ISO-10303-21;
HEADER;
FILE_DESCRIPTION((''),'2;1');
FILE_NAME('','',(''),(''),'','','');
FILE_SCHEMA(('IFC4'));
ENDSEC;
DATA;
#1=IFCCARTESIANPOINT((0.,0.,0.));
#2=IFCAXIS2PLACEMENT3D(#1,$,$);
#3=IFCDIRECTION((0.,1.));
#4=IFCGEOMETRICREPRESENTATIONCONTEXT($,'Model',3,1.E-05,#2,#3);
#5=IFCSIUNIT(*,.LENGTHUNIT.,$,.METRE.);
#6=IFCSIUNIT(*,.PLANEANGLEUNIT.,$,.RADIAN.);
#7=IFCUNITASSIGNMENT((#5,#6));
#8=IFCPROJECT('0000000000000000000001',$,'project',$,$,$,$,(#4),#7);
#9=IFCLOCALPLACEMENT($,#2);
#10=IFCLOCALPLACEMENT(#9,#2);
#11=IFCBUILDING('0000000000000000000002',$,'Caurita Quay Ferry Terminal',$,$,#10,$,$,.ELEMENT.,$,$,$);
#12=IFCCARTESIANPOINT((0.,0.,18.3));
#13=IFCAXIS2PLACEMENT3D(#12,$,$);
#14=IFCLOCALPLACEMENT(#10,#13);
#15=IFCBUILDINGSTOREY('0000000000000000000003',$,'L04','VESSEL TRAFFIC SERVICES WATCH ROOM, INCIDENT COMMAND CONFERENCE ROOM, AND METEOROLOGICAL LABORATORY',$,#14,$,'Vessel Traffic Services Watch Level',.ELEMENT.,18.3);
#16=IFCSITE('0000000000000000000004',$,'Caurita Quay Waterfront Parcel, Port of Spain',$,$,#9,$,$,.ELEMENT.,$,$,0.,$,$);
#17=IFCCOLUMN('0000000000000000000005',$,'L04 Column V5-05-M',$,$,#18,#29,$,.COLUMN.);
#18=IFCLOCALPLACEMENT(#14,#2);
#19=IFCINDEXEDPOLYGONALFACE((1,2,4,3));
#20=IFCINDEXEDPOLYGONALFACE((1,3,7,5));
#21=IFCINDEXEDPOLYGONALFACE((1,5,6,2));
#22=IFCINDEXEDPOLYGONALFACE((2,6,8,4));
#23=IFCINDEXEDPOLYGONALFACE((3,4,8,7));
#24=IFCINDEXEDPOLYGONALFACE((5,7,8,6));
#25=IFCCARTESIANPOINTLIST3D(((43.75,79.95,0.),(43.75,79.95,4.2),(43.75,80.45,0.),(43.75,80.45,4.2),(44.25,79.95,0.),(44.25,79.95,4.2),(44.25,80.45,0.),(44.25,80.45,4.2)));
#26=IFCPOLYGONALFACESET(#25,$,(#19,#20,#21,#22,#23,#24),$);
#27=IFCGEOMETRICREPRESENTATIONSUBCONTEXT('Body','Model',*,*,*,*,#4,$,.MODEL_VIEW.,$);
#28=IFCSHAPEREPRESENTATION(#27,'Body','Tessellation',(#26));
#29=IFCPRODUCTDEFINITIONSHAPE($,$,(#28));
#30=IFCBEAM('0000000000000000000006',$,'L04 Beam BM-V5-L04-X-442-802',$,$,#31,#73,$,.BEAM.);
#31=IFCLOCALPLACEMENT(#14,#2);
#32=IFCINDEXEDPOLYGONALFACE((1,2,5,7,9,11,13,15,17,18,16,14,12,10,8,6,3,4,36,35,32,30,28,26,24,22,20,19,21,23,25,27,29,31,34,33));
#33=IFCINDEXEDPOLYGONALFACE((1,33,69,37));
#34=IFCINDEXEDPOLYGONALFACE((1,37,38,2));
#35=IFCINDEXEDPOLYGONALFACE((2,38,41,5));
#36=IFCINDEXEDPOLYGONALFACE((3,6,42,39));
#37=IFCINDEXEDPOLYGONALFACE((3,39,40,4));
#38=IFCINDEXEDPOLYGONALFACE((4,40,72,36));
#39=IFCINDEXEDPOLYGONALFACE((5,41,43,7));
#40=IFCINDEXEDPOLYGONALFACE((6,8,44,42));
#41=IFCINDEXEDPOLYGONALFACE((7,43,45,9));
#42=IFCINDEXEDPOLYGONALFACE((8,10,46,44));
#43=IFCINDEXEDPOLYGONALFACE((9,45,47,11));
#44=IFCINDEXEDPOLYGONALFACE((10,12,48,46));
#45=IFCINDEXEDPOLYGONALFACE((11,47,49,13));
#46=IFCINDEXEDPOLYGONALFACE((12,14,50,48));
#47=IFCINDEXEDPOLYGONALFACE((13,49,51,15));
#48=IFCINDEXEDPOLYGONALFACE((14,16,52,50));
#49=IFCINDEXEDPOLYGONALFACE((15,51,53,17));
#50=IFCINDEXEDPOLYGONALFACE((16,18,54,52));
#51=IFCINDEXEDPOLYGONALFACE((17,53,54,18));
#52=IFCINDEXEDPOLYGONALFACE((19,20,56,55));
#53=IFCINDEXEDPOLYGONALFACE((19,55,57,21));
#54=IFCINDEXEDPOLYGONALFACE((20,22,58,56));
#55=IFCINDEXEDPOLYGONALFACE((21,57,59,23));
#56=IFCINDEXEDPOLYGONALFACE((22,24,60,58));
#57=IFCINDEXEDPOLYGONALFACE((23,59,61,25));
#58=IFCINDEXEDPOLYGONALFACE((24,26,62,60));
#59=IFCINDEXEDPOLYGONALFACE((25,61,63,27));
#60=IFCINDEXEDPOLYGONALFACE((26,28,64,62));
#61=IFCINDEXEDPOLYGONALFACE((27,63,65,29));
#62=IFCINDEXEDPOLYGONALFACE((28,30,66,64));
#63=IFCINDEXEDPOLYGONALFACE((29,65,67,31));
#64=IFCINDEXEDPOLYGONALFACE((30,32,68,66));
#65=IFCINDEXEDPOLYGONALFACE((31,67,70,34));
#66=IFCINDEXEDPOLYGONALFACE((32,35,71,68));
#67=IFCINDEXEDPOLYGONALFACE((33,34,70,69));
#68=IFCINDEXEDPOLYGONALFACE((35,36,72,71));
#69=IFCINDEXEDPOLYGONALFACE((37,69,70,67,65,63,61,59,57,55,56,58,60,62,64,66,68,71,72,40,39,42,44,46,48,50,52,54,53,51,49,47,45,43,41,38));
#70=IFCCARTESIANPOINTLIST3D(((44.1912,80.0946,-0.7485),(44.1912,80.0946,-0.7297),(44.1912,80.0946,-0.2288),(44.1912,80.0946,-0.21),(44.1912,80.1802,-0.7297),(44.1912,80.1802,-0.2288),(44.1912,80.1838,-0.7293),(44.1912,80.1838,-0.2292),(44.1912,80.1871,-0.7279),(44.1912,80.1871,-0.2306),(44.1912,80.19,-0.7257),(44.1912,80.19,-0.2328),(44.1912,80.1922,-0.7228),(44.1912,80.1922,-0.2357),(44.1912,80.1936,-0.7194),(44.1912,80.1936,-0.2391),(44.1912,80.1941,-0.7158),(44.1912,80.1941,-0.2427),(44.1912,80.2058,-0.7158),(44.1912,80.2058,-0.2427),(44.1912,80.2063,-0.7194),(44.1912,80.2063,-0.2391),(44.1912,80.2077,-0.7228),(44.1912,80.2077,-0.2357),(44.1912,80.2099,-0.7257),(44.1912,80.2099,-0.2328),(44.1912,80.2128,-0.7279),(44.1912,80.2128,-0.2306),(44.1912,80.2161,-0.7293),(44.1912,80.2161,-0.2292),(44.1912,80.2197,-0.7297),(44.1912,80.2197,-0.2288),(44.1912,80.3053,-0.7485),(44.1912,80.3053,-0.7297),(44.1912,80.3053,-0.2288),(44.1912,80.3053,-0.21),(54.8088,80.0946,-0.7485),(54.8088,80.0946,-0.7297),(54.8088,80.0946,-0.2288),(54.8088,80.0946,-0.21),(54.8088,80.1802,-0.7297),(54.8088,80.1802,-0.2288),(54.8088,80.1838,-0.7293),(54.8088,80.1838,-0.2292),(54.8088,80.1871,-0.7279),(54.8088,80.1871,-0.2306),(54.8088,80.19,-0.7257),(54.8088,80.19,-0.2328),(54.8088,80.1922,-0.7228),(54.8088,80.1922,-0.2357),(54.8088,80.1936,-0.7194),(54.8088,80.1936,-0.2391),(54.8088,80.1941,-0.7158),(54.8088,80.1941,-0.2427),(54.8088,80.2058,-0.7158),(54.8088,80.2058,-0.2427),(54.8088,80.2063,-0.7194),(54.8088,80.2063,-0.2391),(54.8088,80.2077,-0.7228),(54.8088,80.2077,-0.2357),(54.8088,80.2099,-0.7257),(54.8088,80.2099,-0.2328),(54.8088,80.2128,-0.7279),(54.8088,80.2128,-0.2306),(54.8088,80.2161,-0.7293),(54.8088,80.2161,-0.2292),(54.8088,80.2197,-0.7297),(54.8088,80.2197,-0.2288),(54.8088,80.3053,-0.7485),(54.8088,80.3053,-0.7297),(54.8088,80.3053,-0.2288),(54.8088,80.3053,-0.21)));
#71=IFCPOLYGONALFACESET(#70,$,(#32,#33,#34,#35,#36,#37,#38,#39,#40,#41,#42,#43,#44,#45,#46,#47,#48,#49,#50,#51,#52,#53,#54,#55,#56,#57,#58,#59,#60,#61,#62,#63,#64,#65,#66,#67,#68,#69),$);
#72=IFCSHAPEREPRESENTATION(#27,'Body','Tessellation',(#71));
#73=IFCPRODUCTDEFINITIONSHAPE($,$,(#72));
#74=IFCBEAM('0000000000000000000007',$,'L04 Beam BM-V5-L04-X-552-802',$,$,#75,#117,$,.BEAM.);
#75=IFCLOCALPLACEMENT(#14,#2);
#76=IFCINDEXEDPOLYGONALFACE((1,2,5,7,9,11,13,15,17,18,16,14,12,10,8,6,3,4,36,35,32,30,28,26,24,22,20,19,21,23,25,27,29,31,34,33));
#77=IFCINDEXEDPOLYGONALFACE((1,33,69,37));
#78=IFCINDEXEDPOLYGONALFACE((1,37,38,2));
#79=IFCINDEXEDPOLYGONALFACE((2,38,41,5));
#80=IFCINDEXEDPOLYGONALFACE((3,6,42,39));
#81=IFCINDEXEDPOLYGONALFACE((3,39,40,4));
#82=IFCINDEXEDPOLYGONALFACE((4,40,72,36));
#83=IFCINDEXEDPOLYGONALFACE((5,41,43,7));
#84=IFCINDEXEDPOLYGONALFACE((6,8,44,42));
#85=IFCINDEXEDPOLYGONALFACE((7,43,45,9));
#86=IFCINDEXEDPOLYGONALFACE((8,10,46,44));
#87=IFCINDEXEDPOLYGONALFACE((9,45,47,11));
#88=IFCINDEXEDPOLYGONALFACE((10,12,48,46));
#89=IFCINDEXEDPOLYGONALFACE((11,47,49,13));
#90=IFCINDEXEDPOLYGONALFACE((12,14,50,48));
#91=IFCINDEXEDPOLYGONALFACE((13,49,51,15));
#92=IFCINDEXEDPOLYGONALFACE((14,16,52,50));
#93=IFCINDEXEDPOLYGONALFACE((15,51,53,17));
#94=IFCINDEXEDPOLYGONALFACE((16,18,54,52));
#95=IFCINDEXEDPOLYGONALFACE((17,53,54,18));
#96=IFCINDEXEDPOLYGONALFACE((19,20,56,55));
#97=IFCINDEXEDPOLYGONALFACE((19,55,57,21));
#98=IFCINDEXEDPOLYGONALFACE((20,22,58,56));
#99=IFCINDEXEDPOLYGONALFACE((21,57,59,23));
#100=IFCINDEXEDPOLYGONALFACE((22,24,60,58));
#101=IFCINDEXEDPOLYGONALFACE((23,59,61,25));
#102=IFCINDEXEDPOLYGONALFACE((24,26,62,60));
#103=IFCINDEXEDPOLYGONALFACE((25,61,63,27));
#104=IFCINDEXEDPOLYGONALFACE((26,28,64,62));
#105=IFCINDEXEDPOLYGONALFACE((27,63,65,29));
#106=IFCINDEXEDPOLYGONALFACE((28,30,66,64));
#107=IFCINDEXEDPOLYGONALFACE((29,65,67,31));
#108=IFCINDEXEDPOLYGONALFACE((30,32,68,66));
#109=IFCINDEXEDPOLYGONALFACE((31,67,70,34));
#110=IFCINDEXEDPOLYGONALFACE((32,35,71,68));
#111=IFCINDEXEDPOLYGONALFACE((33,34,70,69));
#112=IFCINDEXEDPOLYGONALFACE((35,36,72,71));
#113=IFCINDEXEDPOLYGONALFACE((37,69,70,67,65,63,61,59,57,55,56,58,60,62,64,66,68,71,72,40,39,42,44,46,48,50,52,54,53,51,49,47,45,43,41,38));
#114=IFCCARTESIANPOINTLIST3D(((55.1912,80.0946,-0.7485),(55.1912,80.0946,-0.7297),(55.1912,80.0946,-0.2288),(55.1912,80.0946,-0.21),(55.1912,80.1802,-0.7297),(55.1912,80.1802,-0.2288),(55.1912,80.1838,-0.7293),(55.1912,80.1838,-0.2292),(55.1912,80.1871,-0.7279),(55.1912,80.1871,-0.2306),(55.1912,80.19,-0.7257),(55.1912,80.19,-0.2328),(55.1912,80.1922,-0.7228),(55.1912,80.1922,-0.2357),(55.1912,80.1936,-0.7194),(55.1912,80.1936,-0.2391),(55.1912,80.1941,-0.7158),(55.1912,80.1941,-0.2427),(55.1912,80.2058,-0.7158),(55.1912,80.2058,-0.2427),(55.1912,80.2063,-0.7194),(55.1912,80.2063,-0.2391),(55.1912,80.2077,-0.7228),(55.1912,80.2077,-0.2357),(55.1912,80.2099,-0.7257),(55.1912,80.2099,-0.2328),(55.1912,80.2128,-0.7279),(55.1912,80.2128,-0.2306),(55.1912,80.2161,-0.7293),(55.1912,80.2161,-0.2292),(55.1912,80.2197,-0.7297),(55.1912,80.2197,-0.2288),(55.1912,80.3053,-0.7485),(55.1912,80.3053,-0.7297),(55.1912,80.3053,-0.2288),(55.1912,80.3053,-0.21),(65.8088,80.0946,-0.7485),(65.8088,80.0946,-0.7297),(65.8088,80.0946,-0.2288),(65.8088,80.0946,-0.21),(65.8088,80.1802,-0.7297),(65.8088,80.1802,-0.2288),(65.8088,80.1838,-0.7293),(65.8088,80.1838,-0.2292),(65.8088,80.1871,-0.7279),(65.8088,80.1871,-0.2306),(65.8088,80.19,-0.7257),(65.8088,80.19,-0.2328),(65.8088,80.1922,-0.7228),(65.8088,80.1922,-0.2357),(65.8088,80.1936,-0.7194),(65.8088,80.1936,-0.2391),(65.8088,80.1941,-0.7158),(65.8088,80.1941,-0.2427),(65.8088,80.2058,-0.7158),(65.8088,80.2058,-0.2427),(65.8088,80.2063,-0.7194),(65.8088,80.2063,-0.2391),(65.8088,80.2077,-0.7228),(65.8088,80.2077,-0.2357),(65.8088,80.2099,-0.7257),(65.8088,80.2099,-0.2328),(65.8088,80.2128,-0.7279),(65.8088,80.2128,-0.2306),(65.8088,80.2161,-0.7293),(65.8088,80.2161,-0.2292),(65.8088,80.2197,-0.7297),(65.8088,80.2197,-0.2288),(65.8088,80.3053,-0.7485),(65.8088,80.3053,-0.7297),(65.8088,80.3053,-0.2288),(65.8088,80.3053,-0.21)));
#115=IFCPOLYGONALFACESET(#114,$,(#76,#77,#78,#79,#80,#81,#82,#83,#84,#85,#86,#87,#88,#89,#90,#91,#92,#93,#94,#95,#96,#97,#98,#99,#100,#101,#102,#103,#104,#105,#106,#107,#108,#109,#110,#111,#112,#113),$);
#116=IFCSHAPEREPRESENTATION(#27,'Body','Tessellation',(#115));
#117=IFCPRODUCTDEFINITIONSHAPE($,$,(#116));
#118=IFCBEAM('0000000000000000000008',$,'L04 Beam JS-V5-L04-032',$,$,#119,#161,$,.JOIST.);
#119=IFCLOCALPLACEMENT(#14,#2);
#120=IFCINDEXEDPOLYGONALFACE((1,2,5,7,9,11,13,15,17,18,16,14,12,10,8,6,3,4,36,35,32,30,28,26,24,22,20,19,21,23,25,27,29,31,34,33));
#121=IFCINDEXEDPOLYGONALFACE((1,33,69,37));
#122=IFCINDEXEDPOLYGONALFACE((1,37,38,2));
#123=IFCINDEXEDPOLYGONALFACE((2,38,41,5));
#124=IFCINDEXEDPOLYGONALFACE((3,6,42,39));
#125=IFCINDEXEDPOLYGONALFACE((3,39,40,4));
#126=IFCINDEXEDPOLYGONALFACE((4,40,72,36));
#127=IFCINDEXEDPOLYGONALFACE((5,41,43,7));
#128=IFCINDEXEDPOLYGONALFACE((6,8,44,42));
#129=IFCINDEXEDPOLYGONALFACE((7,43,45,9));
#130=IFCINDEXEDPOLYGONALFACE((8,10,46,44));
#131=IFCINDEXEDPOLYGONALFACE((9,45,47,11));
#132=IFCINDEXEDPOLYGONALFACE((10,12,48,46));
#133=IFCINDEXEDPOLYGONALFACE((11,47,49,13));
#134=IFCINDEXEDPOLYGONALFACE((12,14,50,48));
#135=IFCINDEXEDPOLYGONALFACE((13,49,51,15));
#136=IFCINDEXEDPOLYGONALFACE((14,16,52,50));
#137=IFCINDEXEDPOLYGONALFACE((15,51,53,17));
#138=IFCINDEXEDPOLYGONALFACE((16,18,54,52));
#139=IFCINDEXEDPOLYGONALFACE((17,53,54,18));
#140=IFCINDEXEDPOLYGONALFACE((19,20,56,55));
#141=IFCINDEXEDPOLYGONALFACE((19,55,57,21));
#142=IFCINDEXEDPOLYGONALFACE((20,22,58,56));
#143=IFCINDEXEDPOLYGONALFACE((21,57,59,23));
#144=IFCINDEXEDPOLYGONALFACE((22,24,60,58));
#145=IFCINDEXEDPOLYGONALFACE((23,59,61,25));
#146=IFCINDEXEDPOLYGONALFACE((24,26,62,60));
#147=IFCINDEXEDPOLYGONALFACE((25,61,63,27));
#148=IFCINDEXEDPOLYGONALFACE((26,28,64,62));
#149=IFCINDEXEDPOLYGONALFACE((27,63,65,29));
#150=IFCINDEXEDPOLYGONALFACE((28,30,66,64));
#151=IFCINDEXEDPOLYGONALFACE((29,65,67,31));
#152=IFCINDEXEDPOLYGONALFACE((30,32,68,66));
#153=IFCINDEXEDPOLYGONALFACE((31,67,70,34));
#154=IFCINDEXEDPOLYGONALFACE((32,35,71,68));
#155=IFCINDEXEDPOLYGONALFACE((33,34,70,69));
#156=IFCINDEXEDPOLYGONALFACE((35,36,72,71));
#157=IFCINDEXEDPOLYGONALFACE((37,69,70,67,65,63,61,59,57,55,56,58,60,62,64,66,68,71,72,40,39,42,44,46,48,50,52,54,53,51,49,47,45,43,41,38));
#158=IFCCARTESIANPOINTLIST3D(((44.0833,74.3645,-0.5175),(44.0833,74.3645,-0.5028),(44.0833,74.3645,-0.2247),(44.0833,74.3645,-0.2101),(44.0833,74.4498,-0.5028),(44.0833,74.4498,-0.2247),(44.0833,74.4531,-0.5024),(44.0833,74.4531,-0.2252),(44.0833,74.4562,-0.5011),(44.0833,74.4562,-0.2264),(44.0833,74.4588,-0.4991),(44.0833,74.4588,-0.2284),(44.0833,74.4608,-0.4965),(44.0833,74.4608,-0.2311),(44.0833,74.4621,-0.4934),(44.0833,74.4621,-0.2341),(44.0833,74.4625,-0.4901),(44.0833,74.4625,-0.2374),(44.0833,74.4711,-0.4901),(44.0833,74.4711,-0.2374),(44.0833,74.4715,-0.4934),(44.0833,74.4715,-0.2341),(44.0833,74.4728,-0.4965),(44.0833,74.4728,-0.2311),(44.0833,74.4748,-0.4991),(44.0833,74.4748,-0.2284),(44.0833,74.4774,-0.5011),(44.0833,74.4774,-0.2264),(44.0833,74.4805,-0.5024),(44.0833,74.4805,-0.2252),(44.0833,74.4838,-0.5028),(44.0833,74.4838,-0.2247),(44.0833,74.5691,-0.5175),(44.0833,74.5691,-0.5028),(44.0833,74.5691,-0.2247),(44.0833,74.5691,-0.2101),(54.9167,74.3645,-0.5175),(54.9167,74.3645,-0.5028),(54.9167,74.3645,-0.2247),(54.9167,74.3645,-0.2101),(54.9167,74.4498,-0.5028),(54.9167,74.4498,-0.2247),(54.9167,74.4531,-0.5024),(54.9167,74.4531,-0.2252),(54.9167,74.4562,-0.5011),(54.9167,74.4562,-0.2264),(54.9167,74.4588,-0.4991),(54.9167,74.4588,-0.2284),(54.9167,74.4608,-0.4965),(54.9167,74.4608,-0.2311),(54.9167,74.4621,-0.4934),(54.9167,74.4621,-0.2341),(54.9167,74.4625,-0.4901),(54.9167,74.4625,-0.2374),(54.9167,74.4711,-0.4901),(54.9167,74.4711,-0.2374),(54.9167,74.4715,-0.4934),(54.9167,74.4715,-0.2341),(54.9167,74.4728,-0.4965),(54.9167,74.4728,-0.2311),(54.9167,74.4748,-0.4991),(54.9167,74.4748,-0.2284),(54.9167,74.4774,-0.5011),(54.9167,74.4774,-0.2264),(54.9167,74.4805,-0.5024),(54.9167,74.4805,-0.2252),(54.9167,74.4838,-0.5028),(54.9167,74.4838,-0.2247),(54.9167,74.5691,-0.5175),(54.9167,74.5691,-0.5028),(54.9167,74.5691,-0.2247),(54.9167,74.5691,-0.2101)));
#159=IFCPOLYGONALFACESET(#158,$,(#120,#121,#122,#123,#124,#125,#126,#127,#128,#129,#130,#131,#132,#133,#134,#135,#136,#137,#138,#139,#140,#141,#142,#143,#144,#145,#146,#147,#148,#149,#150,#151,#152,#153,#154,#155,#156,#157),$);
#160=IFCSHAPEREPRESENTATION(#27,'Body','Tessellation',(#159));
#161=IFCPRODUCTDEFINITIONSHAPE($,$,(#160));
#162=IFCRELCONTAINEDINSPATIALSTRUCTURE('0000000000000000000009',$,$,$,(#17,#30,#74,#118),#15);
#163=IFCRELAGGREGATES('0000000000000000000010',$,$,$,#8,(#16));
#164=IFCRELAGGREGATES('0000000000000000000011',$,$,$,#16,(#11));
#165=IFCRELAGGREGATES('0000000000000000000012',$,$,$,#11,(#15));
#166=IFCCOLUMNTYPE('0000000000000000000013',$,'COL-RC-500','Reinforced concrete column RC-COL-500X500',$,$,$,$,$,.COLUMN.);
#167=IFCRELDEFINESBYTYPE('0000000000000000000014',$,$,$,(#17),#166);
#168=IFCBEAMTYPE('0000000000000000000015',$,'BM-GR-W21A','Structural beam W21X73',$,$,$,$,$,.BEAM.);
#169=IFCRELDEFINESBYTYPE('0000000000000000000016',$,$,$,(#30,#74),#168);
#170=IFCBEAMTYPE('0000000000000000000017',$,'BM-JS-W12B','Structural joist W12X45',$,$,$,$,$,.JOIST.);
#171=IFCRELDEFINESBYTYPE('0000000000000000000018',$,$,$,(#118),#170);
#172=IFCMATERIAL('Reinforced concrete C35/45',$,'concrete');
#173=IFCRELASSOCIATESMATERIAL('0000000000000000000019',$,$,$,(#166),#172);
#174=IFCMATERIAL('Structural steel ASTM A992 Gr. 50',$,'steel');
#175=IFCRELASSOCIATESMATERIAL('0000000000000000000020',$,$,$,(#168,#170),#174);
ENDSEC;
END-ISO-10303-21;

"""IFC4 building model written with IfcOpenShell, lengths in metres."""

from ifc_helpers import new_model, si_unit, direction, frame, origin, origin_2d, place, context, subcontext, project, spatial, rectangle, i_section, extrude, material, material_profile, profile_set, type_object, element, save


model = new_model("IFC4")

# Units and contexts
model_context = context("Model", 3, precision=1e-05, world=origin(), true_north=direction((0.0, 1.0)))
body_context = subcontext(model_context, "Body", "Model", "MODEL_VIEW")
ifc_project = project(units=[si_unit("LENGTHUNIT", "METRE"), si_unit("PLANEANGLEUNIT", "RADIAN")], contexts=[model_context])

# Site, building, storey
site_placement = place(None, origin())
site = spatial("IfcSite", under=ifc_project, at=site_placement, Name="Caurita Quay Waterfront Parcel, Port of Spain", CompositionType="ELEMENT", RefElevation=0.0)
building_placement = place(site_placement, origin())
building = spatial("IfcBuilding", under=site, at=building_placement, Name="Caurita Quay Ferry Terminal", CompositionType="ELEMENT")
storey_placement = place(building_placement, frame((0.0, 0.0, 18.3)))
storey = spatial("IfcBuildingStorey", under=building, at=storey_placement, Name="L04", Description="VESSEL TRAFFIC SERVICES WATCH ROOM, INCIDENT COMMAND CONFERENCE ROOM, AND METEOROLOGICAL LABORATORY", LongName="Vessel Traffic Services Watch Level", CompositionType="ELEMENT", Elevation=18.3)

# Column
ifc_material_1 = material(Name="Reinforced concrete C35/45", Category="concrete")
ifc_material_profile_1 = material_profile(ifc_material_1, rectangle(XDim=0.5, YDim=0.5, at=origin_2d()), Name="RC-COL-500X500")
ifc_profile_set_1 = profile_set([ifc_material_profile_1], Name="Reinforced concrete C35/45")
column_type = type_object("IfcColumnType", Name="COL-RC-500", Description="Reinforced concrete column RC-COL-500X500", PredefinedType="COLUMN", material=ifc_profile_set_1)
column_placement = place(storey_placement, frame((44.0, 80.2, 0.0), z_axis=(0.0, 0.0, 1.0), x_axis=(1.0, 0.0, 0.0)))
element("IfcColumn", 1, at=column_placement, inside=storey, type_object=column_type, Name="L04 Column V5-05-M", PredefinedType="COLUMN", context=body_context, shape_type="SweptSolid", body=[
    extrude(rectangle(XDim=0.5, YDim=0.5, at=origin_2d()), origin(), (0.0, 0.0, 1.0), 4.2),
])

# Beams
ifc_material_2 = material(Name="Structural steel ASTM A992 Gr. 50", Category="steel")
ifc_material_profile_2 = material_profile(ifc_material_2, i_section(OverallWidth=0.2107, OverallDepth=0.5386, WebThickness=0.0117, FlangeThickness=0.0188, FilletRadius=0.0139, at=origin_2d()), Name="W21X73")
ifc_profile_set_2 = profile_set([ifc_material_profile_2], Name="Structural steel ASTM A992 Gr. 50")
beam_type_1 = type_object("IfcBeamType", Name="BM-GR-W21A", Description="Structural beam W21X73", PredefinedType="BEAM", material=ifc_profile_set_2)
for number, where, z_axis, x_axis, name in (
    (2, (44.1912, 80.2, -0.4792), (1.0, 0.0, 0.0), (0.0, 1.0, 0.0), "L04 Beam BM-V5-L04-X-442-802"),
    (3, (55.1912, 80.2, -0.4792), (1.0, 0.0, 0.0), (0.0, 1.0, 0.0), "L04 Beam BM-V5-L04-X-552-802"),
):
    element("IfcBeam", number, at=place(storey_placement, frame(where, z_axis=z_axis, x_axis=x_axis)), inside=storey, type_object=beam_type_1, Name=name, PredefinedType="BEAM", context=body_context, shape_type="SweptSolid", body=[
        extrude(i_section(OverallWidth=0.2107, OverallDepth=0.5386, WebThickness=0.0117, FlangeThickness=0.0188, FilletRadius=0.0139, at=origin_2d()), origin(), (0.0, 0.0, 1.0), 10.6177),
    ])
ifc_material_profile_3 = material_profile(ifc_material_2, i_section(OverallWidth=0.2046, OverallDepth=0.3074, WebThickness=0.0085, FlangeThickness=0.0146, FilletRadius=0.0127, at=origin_2d()), Name="W12X45")
ifc_profile_set_3 = profile_set([ifc_material_profile_3], Name="Structural steel ASTM A992 Gr. 50")
beam_type_2 = type_object("IfcBeamType", Name="BM-JS-W12B", Description="Structural joist W12X45", PredefinedType="JOIST", material=ifc_profile_set_3)
for number, where, z_axis, x_axis, name in (
    (4, (44.0833, 74.4668, -0.3638), (1.0, 0.0, 0.0), (0.0, 1.0, 0.0), "L04 Beam JS-V5-L04-032"),
):
    element("IfcBeam", number, at=place(storey_placement, frame(where, z_axis=z_axis, x_axis=x_axis)), inside=storey, type_object=beam_type_2, Name=name, PredefinedType="JOIST", context=body_context, shape_type="SweptSolid", body=[
        extrude(i_section(OverallWidth=0.2046, OverallDepth=0.3074, WebThickness=0.0085, FlangeThickness=0.0146, FilletRadius=0.0127, at=origin_2d()), origin(), (0.0, 0.0, 1.0), 10.8335),
    ])

save(model, "model.ifc")
